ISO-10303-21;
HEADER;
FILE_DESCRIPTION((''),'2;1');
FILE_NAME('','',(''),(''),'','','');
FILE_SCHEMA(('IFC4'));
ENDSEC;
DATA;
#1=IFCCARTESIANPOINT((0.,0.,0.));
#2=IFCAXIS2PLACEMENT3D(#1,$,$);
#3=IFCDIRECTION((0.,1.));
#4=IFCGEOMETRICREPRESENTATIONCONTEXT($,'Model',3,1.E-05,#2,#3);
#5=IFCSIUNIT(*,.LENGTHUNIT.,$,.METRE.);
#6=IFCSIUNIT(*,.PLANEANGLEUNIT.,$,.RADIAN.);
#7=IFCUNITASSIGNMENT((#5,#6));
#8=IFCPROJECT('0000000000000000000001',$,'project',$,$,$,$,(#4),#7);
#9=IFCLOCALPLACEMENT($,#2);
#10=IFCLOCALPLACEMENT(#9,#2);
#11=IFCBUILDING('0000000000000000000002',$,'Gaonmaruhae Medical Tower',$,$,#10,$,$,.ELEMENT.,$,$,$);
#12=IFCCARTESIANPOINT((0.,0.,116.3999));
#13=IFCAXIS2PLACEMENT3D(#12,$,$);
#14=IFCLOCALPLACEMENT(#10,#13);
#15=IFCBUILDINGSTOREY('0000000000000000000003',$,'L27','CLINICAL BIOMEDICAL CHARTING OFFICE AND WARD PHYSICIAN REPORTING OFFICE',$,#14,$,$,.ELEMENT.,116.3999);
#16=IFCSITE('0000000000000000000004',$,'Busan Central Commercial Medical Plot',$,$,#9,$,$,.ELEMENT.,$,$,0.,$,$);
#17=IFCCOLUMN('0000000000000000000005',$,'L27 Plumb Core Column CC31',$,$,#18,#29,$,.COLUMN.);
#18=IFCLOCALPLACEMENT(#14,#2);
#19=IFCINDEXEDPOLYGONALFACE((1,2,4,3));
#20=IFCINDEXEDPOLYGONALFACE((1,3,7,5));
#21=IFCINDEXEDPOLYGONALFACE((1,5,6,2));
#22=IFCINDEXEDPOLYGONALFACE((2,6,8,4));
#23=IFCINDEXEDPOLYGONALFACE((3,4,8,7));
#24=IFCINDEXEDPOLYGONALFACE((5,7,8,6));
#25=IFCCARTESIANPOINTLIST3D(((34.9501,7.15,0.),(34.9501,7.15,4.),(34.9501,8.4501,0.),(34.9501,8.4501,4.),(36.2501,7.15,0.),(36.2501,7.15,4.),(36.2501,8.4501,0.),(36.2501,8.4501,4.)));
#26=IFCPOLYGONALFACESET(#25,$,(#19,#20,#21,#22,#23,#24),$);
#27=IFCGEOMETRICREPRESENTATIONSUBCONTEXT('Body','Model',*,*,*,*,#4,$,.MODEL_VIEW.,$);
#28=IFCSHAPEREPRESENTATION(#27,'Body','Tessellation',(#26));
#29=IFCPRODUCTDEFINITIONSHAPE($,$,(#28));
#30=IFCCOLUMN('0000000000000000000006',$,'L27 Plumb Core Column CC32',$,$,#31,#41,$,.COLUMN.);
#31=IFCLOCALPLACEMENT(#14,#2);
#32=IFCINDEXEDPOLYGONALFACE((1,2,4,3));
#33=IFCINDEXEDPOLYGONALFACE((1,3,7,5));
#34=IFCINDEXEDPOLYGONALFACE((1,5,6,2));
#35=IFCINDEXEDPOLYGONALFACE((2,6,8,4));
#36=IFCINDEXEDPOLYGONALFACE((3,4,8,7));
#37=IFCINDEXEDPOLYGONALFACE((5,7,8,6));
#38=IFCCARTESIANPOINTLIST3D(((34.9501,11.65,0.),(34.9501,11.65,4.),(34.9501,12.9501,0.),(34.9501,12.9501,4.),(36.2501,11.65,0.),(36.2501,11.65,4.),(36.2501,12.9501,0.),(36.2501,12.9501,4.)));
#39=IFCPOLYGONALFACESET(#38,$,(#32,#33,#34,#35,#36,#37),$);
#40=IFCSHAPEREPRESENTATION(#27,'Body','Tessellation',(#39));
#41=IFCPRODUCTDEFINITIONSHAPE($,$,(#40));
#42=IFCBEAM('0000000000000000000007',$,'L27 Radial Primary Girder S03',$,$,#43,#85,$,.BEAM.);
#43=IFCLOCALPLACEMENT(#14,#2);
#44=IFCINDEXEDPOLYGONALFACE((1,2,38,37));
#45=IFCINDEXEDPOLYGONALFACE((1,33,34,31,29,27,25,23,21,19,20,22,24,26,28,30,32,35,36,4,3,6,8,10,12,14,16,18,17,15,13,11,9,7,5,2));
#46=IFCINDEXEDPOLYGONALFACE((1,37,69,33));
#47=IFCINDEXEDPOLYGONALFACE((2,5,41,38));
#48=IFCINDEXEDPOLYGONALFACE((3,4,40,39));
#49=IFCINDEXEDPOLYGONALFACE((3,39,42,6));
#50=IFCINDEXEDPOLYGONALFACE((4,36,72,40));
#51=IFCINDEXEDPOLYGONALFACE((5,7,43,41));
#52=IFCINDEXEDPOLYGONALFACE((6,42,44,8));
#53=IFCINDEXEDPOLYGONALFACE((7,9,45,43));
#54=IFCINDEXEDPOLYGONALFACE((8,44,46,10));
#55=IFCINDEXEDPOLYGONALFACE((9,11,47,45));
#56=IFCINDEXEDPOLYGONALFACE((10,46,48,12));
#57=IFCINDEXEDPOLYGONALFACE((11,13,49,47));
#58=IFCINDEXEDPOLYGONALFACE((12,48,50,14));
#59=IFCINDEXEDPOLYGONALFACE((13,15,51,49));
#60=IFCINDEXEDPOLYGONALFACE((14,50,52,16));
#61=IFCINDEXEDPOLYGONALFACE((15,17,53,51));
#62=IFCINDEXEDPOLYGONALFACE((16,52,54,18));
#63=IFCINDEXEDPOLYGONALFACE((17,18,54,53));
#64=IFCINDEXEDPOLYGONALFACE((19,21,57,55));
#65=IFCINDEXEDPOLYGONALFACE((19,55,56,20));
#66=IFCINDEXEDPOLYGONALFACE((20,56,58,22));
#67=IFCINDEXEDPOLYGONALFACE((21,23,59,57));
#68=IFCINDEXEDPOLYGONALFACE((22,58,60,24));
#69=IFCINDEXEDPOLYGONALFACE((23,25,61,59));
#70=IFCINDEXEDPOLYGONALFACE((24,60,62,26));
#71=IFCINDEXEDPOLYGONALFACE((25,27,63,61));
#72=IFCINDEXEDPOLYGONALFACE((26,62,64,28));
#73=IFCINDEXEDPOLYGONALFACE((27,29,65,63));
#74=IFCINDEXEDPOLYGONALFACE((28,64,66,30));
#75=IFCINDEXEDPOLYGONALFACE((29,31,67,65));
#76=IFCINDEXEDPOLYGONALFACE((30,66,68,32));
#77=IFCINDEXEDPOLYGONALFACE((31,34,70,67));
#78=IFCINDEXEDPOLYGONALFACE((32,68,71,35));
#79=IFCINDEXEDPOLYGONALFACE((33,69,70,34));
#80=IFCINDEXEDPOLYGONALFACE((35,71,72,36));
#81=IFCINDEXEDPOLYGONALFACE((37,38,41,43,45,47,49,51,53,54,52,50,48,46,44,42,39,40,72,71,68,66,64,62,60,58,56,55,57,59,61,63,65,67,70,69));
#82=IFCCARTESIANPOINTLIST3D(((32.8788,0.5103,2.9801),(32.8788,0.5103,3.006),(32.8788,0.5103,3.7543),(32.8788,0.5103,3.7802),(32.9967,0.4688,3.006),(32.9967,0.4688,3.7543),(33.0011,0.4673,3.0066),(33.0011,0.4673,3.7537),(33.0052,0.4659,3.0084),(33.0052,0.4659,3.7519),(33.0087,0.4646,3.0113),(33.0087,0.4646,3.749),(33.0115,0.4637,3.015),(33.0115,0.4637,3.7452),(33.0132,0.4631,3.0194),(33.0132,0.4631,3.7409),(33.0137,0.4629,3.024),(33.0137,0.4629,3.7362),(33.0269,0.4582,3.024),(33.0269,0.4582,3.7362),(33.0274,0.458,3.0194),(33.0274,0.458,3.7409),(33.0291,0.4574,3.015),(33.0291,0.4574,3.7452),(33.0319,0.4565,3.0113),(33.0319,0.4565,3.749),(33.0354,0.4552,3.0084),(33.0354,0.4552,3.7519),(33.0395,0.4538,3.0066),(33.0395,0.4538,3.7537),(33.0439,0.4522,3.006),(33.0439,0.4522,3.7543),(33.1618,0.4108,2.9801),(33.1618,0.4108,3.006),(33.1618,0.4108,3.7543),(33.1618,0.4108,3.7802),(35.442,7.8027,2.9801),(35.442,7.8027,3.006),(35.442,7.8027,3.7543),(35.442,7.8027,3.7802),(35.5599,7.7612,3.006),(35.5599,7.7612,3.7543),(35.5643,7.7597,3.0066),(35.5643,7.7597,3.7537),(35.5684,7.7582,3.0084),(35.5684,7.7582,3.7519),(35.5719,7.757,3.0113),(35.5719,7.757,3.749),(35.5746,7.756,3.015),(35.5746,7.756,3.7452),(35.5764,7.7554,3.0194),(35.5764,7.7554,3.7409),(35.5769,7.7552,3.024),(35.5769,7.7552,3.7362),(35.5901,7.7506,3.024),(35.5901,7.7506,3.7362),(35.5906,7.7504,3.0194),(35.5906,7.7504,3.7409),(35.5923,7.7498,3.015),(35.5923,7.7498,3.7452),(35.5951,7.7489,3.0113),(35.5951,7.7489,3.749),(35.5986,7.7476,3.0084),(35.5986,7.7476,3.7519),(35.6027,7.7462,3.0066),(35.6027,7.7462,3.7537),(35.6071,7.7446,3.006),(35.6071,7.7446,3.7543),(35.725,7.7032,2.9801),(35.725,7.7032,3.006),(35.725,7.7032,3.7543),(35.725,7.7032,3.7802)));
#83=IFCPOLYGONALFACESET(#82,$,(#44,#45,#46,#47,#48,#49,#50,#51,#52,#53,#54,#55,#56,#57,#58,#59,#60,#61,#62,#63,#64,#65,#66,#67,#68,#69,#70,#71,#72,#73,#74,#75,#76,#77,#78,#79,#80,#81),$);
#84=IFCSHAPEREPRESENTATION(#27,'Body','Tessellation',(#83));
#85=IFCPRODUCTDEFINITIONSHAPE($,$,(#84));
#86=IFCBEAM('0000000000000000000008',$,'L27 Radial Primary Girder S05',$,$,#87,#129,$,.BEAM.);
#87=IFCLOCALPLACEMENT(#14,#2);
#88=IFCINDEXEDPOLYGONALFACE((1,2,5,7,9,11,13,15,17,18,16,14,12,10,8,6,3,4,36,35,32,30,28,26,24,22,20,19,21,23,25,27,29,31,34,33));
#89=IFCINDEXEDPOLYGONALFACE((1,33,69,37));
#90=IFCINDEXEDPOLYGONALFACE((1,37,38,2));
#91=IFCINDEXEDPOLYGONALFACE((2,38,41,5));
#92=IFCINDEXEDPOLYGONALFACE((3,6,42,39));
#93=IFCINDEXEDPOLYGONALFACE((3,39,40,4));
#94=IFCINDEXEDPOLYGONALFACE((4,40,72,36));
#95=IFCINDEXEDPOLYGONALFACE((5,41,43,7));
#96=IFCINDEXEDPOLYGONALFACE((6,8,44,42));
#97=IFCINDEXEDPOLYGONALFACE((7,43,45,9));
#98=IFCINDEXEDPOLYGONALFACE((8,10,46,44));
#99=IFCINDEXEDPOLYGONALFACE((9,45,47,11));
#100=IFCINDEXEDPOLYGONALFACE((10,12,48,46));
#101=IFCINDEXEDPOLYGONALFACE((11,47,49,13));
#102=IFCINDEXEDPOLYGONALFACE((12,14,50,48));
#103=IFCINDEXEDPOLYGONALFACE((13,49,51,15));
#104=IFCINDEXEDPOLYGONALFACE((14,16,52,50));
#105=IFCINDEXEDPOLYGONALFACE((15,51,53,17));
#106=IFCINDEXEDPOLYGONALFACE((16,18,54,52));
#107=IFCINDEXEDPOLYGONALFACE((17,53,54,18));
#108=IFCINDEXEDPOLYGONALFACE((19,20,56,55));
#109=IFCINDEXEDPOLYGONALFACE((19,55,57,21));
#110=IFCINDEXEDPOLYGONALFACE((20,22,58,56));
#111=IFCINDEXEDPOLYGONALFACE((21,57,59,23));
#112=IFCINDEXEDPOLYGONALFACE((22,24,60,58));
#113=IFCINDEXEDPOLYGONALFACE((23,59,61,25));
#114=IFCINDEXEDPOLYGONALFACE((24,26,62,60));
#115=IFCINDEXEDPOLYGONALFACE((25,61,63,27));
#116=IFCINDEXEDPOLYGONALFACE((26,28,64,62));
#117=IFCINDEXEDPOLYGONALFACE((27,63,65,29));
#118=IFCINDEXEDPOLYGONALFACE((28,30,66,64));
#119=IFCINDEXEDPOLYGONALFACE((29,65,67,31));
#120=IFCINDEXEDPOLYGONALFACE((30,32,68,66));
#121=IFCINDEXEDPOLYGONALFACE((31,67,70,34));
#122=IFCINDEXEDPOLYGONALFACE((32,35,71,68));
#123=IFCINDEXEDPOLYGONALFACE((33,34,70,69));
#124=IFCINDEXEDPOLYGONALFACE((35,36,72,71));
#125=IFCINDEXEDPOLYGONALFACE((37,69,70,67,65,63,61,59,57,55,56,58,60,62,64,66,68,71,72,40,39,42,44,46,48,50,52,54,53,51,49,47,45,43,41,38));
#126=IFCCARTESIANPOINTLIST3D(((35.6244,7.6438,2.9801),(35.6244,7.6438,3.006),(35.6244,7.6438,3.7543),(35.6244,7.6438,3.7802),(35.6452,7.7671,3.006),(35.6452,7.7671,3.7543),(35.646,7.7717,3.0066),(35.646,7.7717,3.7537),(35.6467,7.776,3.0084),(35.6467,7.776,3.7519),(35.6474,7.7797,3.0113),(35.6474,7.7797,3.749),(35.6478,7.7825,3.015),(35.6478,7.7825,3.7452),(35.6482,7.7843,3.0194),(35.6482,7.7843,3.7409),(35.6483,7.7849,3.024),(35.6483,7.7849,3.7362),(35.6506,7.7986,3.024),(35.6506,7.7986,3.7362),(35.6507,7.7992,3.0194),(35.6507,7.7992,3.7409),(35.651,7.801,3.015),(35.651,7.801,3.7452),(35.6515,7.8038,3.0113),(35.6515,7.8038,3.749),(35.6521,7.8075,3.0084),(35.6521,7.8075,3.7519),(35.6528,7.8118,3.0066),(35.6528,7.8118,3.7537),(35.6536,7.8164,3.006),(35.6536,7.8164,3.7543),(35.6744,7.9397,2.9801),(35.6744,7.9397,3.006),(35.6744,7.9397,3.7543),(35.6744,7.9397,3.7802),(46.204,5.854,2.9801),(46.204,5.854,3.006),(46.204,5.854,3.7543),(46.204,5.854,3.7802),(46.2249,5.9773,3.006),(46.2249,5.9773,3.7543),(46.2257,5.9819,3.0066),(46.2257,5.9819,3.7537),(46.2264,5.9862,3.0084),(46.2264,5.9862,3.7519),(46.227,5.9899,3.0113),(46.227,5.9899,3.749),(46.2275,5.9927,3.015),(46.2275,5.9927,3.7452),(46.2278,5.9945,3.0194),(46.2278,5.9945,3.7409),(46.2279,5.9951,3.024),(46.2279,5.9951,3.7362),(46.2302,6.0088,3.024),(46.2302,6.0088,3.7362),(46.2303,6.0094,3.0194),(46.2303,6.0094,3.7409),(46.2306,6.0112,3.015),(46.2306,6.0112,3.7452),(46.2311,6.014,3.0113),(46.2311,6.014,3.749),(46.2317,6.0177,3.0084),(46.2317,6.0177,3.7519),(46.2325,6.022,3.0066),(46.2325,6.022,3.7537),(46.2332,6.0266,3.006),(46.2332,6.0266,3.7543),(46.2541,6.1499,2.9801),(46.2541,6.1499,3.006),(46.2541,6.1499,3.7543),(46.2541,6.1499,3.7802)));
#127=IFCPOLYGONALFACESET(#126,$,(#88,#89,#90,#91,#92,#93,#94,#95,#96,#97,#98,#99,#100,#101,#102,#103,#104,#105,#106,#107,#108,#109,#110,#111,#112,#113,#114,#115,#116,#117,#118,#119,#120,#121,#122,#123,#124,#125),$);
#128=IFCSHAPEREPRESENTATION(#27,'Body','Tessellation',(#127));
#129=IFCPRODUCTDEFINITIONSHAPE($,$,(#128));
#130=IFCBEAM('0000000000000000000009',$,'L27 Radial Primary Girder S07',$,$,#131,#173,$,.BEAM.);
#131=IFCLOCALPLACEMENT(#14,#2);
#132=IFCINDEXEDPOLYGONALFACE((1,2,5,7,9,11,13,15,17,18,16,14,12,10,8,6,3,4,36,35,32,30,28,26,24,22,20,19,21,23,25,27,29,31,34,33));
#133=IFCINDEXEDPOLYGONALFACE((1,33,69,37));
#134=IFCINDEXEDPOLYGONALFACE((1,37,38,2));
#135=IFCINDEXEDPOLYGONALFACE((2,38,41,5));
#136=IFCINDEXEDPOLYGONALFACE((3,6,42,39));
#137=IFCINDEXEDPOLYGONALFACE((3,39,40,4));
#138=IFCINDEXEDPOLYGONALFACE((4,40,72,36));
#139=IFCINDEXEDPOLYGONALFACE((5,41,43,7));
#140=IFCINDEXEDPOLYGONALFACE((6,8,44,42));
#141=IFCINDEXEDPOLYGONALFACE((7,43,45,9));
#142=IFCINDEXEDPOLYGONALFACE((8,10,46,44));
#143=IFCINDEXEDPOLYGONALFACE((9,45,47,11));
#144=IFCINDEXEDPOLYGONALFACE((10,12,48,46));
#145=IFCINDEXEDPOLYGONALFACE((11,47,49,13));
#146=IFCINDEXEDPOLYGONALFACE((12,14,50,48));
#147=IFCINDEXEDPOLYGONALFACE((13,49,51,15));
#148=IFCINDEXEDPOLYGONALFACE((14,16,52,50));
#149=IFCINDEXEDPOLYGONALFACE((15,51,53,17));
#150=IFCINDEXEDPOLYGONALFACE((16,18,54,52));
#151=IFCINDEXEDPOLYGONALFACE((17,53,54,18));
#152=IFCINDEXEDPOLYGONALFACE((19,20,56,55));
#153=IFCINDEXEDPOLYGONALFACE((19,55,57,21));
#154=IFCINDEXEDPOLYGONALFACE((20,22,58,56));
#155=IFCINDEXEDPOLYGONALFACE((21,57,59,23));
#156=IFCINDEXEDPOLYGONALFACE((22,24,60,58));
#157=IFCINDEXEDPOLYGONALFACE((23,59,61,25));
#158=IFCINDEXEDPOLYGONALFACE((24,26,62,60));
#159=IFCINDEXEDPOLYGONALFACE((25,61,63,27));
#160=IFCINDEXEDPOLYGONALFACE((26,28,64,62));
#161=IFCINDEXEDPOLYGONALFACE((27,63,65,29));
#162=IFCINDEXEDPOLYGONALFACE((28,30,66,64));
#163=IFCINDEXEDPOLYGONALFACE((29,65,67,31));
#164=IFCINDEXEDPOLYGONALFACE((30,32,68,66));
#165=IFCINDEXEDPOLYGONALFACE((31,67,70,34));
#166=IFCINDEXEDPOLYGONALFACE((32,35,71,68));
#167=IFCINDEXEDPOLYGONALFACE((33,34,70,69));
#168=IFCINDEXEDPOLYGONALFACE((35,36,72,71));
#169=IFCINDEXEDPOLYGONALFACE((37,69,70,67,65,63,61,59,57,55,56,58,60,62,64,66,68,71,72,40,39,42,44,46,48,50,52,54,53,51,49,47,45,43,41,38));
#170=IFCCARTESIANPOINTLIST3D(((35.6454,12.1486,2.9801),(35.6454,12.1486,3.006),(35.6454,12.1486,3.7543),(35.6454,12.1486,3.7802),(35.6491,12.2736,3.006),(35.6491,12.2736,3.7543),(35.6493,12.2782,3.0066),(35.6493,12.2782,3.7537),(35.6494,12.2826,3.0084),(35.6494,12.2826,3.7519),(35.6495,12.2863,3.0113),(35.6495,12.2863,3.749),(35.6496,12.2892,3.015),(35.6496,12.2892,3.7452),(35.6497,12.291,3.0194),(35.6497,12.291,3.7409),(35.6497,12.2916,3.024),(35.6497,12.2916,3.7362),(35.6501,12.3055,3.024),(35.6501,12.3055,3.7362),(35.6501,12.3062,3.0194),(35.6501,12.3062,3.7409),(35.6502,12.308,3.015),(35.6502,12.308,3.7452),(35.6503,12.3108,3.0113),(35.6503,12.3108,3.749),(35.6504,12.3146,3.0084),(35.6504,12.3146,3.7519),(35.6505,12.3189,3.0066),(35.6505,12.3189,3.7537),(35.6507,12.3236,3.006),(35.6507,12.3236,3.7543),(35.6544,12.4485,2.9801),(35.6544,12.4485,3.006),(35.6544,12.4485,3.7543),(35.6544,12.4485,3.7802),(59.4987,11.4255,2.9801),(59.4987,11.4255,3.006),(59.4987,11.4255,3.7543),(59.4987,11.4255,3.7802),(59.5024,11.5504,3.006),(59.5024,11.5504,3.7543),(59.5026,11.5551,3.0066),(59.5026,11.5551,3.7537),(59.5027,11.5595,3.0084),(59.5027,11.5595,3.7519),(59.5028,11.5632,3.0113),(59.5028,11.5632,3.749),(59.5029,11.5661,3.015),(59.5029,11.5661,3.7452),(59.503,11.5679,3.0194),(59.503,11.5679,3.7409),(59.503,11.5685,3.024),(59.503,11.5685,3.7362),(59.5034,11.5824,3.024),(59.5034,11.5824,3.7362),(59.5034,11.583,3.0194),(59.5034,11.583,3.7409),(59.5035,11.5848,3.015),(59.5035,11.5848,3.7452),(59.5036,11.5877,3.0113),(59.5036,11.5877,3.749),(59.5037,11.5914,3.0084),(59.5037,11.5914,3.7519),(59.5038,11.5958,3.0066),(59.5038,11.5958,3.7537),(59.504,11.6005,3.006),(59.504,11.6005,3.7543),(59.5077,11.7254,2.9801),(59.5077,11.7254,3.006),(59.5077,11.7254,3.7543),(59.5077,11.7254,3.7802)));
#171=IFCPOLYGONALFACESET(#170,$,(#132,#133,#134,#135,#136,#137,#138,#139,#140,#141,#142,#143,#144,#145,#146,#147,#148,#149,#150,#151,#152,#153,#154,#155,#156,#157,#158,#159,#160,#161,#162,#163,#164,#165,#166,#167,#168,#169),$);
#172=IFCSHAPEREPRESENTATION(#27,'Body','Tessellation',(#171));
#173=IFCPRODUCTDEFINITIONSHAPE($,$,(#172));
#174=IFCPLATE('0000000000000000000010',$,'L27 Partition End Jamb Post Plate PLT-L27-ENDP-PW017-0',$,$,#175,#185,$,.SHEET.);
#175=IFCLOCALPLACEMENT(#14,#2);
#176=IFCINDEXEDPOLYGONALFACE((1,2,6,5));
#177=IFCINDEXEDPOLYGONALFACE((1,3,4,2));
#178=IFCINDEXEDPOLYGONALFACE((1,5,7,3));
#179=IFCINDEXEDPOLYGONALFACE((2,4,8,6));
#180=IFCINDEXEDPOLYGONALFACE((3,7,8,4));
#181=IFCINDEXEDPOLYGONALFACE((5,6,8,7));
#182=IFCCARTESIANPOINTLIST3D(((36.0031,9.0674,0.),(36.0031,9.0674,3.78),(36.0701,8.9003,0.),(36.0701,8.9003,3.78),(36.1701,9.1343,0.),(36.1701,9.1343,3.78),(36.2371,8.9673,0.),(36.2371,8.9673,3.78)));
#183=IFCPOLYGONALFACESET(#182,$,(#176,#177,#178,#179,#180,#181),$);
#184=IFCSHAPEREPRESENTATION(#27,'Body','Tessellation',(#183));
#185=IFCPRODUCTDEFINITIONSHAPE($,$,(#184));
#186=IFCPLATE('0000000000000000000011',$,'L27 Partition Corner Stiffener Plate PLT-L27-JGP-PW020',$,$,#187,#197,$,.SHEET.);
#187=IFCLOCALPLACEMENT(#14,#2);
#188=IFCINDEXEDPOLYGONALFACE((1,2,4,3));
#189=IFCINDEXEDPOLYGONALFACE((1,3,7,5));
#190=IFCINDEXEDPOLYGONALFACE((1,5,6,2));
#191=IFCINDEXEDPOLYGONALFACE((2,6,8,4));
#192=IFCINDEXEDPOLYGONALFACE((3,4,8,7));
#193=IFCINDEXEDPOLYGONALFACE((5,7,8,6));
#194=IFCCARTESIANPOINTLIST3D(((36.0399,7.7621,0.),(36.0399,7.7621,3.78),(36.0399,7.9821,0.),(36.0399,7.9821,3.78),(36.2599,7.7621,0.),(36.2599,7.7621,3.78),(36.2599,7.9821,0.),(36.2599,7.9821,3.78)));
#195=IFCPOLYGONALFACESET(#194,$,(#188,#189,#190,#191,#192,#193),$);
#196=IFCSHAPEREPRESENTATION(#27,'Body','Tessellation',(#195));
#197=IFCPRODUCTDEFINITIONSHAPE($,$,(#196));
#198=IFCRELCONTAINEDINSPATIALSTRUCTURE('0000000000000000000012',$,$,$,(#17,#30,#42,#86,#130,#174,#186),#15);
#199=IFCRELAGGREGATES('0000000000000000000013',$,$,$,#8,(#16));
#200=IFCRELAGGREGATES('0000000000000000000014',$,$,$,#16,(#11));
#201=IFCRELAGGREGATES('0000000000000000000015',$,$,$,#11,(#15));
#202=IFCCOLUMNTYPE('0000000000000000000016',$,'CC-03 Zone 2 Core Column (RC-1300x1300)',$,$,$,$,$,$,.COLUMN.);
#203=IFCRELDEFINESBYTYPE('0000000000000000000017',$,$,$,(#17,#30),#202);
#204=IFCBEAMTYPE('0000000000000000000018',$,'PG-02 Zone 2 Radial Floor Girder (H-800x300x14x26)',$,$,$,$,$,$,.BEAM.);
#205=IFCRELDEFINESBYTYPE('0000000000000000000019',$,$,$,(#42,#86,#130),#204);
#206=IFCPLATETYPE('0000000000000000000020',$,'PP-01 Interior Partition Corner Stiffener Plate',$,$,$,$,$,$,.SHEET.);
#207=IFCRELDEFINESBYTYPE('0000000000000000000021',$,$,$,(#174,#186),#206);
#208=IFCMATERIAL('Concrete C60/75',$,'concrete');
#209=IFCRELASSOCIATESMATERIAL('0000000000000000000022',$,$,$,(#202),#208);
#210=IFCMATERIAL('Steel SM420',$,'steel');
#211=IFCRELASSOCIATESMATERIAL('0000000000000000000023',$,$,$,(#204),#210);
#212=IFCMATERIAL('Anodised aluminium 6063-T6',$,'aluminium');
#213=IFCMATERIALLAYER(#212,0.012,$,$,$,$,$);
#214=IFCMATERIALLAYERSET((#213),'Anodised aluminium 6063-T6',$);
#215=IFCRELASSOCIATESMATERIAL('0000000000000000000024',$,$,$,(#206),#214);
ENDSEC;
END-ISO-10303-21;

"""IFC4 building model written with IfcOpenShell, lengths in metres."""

from ifc_helpers import new_model, si_unit, direction, frame, origin, origin_2d, place, context, subcontext, project, spatial, rectangle, i_section, extrude, material, layer, layer_set, material_profile, profile_set, type_object, element, save


model = new_model("IFC4")

# Units and contexts
model_context = context("Model", 3, precision=1e-05, world=origin(), true_north=direction((0.0, 1.0)))
body_context = subcontext(model_context, "Body", "Model", "MODEL_VIEW")
ifc_project = project(units=[si_unit("LENGTHUNIT", "METRE"), si_unit("PLANEANGLEUNIT", "RADIAN")], contexts=[model_context])

# Site, building, storey
site_placement = place(None, origin())
site = spatial("IfcSite", under=ifc_project, at=site_placement, Name="Busan Central Commercial Medical Plot", CompositionType="ELEMENT", RefElevation=0.0)
building_placement = place(site_placement, origin())
building = spatial("IfcBuilding", under=site, at=building_placement, Name="Gaonmaruhae Medical Tower", CompositionType="ELEMENT")
storey_placement = place(building_placement, frame((0.0, 0.0, 116.3999)))
storey = spatial("IfcBuildingStorey", under=building, at=storey_placement, Name="L27", Description="CLINICAL BIOMEDICAL CHARTING OFFICE AND WARD PHYSICIAN REPORTING OFFICE", CompositionType="ELEMENT", Elevation=116.3999)

# Columns
ifc_material_1 = material(Name="Concrete C60/75", Category="concrete")
ifc_material_profile_1 = material_profile(ifc_material_1, rectangle(XDim=1.3, YDim=1.3, at=origin_2d()), Name="RC-1300x1300")
ifc_profile_set_1 = profile_set([ifc_material_profile_1], Name="Concrete C60/75")
column_type = type_object("IfcColumnType", Name="CC-03 Zone 2 Core Column (RC-1300x1300)", PredefinedType="COLUMN", material=ifc_profile_set_1)
for number, where, z_axis, x_axis, name in (
    (1, (35.6001, 7.8, 0.0), (0.0, 0.0, 1.0), (1.0, 0.0, 0.0), "L27 Plumb Core Column CC31"),
    (2, (35.6001, 12.3, 0.0), (0.0, 0.0, 1.0), (1.0, 0.0, 0.0), "L27 Plumb Core Column CC32"),
):
    element("IfcColumn", number, at=place(storey_placement, frame(where, z_axis=z_axis, x_axis=x_axis)), inside=storey, type_object=column_type, Name=name, PredefinedType="COLUMN", context=body_context, shape_type="SweptSolid", body=[
        extrude(rectangle(XDim=1.3, YDim=1.3, at=origin_2d()), origin(), (0.0, 0.0, 1.0), 4.0),
    ])

# Beams
ifc_material_2 = material(Name="Steel SM420", Category="steel")
ifc_material_profile_2 = material_profile(ifc_material_2, i_section(OverallWidth=0.3, OverallDepth=0.8, WebThickness=0.0139, FlangeThickness=0.0259, FilletRadius=0.0181, at=origin_2d()), Name="H-800x300x14x26")
ifc_profile_set_2 = profile_set([ifc_material_profile_2], Name="Steel SM420")
beam_type = type_object("IfcBeamType", Name="PG-02 Zone 2 Radial Floor Girder (H-800x300x14x26)", PredefinedType="BEAM", material=ifc_profile_set_2)
beam_1_placement = place(storey_placement, frame((35.5835, 7.7529, 3.3801), z_axis=(-0.331602, -0.943419, 0.0), x_axis=(0.943419, -0.331602, 0.0)))
element("IfcBeam", 3, at=beam_1_placement, inside=storey, type_object=beam_type, Name="L27 Radial Primary Girder S03", PredefinedType="BEAM", context=body_context, shape_type="SweptSolid", body=[
    extrude(i_section(OverallWidth=0.3, OverallDepth=0.8, WebThickness=0.0139, FlangeThickness=0.0259, FilletRadius=0.0181, at=origin_2d()), origin(), (0.0, 0.0, 1.0), 7.7297),
])
beam_2_placement = place(storey_placement, frame((35.6494, 7.7917, 3.3801), z_axis=(0.98599, -0.166804, 0.0), x_axis=(0.166804, 0.98599, 0.0)))
element("IfcBeam", 4, at=beam_2_placement, inside=storey, type_object=beam_type, Name="L27 Radial Primary Girder S05", PredefinedType="BEAM", context=body_context, shape_type="SweptSolid", body=[
    extrude(i_section(OverallWidth=0.3, OverallDepth=0.8, WebThickness=0.0139, FlangeThickness=0.0259, FilletRadius=0.0181, at=origin_2d()), origin(), (0.0, 0.0, 1.0), 10.73),
])
beam_3_placement = place(storey_placement, frame((35.6499, 12.2986, 3.3801), z_axis=(0.999541, -0.030302, 0.0), x_axis=(0.030302, 0.999541, 0.0)))
element("IfcBeam", 5, at=beam_3_placement, inside=storey, type_object=beam_type, Name="L27 Radial Primary Girder S07", PredefinedType="BEAM", context=body_context, shape_type="SweptSolid", body=[
    extrude(i_section(OverallWidth=0.3, OverallDepth=0.8, WebThickness=0.0139, FlangeThickness=0.0259, FilletRadius=0.0181, at=origin_2d()), origin(), (0.0, 0.0, 1.0), 23.8643),
])

# Plates
ifc_material_3 = material(Name="Anodised aluminium 6063-T6", Category="aluminium")
ifc_layer_1 = layer(ifc_material_3, 0.012)
ifc_layer_set_1 = layer_set([ifc_layer_1], Name="Anodised aluminium 6063-T6")
plate_type = type_object("IfcPlateType", Name="PP-01 Interior Partition Corner Stiffener Plate", PredefinedType="SHEET", material=ifc_layer_set_1)
plate_1_placement = place(storey_placement, frame((36.1201, 9.0173, 0.0), z_axis=(0.0, 0.0, 1.0), x_axis=(0.372194, -0.928155, 0.0)))
element("IfcPlate", 6, at=plate_1_placement, inside=storey, type_object=plate_type, Name="L27 Partition End Jamb Post Plate PLT-L27-ENDP-PW017-0", PredefinedType="SHEET", context=body_context, shape_type="SweptSolid", body=[
    extrude(rectangle(XDim=0.1799, YDim=0.1799, at=origin_2d()), origin(), (0.0, 0.0, 1.0), 3.78),
])
plate_2_placement = place(storey_placement, frame((36.1499, 7.8721, 0.0), z_axis=(0.0, 0.0, 1.0), x_axis=(0.0, 1.0, 0.0)))
element("IfcPlate", 7, at=plate_2_placement, inside=storey, type_object=plate_type, Name="L27 Partition Corner Stiffener Plate PLT-L27-JGP-PW020", PredefinedType="SHEET", context=body_context, shape_type="SweptSolid", body=[
    extrude(rectangle(XDim=0.22, YDim=0.22, at=origin_2d()), origin(), (0.0, 0.0, 1.0), 3.78),
])

save(model, "model.ifc")
